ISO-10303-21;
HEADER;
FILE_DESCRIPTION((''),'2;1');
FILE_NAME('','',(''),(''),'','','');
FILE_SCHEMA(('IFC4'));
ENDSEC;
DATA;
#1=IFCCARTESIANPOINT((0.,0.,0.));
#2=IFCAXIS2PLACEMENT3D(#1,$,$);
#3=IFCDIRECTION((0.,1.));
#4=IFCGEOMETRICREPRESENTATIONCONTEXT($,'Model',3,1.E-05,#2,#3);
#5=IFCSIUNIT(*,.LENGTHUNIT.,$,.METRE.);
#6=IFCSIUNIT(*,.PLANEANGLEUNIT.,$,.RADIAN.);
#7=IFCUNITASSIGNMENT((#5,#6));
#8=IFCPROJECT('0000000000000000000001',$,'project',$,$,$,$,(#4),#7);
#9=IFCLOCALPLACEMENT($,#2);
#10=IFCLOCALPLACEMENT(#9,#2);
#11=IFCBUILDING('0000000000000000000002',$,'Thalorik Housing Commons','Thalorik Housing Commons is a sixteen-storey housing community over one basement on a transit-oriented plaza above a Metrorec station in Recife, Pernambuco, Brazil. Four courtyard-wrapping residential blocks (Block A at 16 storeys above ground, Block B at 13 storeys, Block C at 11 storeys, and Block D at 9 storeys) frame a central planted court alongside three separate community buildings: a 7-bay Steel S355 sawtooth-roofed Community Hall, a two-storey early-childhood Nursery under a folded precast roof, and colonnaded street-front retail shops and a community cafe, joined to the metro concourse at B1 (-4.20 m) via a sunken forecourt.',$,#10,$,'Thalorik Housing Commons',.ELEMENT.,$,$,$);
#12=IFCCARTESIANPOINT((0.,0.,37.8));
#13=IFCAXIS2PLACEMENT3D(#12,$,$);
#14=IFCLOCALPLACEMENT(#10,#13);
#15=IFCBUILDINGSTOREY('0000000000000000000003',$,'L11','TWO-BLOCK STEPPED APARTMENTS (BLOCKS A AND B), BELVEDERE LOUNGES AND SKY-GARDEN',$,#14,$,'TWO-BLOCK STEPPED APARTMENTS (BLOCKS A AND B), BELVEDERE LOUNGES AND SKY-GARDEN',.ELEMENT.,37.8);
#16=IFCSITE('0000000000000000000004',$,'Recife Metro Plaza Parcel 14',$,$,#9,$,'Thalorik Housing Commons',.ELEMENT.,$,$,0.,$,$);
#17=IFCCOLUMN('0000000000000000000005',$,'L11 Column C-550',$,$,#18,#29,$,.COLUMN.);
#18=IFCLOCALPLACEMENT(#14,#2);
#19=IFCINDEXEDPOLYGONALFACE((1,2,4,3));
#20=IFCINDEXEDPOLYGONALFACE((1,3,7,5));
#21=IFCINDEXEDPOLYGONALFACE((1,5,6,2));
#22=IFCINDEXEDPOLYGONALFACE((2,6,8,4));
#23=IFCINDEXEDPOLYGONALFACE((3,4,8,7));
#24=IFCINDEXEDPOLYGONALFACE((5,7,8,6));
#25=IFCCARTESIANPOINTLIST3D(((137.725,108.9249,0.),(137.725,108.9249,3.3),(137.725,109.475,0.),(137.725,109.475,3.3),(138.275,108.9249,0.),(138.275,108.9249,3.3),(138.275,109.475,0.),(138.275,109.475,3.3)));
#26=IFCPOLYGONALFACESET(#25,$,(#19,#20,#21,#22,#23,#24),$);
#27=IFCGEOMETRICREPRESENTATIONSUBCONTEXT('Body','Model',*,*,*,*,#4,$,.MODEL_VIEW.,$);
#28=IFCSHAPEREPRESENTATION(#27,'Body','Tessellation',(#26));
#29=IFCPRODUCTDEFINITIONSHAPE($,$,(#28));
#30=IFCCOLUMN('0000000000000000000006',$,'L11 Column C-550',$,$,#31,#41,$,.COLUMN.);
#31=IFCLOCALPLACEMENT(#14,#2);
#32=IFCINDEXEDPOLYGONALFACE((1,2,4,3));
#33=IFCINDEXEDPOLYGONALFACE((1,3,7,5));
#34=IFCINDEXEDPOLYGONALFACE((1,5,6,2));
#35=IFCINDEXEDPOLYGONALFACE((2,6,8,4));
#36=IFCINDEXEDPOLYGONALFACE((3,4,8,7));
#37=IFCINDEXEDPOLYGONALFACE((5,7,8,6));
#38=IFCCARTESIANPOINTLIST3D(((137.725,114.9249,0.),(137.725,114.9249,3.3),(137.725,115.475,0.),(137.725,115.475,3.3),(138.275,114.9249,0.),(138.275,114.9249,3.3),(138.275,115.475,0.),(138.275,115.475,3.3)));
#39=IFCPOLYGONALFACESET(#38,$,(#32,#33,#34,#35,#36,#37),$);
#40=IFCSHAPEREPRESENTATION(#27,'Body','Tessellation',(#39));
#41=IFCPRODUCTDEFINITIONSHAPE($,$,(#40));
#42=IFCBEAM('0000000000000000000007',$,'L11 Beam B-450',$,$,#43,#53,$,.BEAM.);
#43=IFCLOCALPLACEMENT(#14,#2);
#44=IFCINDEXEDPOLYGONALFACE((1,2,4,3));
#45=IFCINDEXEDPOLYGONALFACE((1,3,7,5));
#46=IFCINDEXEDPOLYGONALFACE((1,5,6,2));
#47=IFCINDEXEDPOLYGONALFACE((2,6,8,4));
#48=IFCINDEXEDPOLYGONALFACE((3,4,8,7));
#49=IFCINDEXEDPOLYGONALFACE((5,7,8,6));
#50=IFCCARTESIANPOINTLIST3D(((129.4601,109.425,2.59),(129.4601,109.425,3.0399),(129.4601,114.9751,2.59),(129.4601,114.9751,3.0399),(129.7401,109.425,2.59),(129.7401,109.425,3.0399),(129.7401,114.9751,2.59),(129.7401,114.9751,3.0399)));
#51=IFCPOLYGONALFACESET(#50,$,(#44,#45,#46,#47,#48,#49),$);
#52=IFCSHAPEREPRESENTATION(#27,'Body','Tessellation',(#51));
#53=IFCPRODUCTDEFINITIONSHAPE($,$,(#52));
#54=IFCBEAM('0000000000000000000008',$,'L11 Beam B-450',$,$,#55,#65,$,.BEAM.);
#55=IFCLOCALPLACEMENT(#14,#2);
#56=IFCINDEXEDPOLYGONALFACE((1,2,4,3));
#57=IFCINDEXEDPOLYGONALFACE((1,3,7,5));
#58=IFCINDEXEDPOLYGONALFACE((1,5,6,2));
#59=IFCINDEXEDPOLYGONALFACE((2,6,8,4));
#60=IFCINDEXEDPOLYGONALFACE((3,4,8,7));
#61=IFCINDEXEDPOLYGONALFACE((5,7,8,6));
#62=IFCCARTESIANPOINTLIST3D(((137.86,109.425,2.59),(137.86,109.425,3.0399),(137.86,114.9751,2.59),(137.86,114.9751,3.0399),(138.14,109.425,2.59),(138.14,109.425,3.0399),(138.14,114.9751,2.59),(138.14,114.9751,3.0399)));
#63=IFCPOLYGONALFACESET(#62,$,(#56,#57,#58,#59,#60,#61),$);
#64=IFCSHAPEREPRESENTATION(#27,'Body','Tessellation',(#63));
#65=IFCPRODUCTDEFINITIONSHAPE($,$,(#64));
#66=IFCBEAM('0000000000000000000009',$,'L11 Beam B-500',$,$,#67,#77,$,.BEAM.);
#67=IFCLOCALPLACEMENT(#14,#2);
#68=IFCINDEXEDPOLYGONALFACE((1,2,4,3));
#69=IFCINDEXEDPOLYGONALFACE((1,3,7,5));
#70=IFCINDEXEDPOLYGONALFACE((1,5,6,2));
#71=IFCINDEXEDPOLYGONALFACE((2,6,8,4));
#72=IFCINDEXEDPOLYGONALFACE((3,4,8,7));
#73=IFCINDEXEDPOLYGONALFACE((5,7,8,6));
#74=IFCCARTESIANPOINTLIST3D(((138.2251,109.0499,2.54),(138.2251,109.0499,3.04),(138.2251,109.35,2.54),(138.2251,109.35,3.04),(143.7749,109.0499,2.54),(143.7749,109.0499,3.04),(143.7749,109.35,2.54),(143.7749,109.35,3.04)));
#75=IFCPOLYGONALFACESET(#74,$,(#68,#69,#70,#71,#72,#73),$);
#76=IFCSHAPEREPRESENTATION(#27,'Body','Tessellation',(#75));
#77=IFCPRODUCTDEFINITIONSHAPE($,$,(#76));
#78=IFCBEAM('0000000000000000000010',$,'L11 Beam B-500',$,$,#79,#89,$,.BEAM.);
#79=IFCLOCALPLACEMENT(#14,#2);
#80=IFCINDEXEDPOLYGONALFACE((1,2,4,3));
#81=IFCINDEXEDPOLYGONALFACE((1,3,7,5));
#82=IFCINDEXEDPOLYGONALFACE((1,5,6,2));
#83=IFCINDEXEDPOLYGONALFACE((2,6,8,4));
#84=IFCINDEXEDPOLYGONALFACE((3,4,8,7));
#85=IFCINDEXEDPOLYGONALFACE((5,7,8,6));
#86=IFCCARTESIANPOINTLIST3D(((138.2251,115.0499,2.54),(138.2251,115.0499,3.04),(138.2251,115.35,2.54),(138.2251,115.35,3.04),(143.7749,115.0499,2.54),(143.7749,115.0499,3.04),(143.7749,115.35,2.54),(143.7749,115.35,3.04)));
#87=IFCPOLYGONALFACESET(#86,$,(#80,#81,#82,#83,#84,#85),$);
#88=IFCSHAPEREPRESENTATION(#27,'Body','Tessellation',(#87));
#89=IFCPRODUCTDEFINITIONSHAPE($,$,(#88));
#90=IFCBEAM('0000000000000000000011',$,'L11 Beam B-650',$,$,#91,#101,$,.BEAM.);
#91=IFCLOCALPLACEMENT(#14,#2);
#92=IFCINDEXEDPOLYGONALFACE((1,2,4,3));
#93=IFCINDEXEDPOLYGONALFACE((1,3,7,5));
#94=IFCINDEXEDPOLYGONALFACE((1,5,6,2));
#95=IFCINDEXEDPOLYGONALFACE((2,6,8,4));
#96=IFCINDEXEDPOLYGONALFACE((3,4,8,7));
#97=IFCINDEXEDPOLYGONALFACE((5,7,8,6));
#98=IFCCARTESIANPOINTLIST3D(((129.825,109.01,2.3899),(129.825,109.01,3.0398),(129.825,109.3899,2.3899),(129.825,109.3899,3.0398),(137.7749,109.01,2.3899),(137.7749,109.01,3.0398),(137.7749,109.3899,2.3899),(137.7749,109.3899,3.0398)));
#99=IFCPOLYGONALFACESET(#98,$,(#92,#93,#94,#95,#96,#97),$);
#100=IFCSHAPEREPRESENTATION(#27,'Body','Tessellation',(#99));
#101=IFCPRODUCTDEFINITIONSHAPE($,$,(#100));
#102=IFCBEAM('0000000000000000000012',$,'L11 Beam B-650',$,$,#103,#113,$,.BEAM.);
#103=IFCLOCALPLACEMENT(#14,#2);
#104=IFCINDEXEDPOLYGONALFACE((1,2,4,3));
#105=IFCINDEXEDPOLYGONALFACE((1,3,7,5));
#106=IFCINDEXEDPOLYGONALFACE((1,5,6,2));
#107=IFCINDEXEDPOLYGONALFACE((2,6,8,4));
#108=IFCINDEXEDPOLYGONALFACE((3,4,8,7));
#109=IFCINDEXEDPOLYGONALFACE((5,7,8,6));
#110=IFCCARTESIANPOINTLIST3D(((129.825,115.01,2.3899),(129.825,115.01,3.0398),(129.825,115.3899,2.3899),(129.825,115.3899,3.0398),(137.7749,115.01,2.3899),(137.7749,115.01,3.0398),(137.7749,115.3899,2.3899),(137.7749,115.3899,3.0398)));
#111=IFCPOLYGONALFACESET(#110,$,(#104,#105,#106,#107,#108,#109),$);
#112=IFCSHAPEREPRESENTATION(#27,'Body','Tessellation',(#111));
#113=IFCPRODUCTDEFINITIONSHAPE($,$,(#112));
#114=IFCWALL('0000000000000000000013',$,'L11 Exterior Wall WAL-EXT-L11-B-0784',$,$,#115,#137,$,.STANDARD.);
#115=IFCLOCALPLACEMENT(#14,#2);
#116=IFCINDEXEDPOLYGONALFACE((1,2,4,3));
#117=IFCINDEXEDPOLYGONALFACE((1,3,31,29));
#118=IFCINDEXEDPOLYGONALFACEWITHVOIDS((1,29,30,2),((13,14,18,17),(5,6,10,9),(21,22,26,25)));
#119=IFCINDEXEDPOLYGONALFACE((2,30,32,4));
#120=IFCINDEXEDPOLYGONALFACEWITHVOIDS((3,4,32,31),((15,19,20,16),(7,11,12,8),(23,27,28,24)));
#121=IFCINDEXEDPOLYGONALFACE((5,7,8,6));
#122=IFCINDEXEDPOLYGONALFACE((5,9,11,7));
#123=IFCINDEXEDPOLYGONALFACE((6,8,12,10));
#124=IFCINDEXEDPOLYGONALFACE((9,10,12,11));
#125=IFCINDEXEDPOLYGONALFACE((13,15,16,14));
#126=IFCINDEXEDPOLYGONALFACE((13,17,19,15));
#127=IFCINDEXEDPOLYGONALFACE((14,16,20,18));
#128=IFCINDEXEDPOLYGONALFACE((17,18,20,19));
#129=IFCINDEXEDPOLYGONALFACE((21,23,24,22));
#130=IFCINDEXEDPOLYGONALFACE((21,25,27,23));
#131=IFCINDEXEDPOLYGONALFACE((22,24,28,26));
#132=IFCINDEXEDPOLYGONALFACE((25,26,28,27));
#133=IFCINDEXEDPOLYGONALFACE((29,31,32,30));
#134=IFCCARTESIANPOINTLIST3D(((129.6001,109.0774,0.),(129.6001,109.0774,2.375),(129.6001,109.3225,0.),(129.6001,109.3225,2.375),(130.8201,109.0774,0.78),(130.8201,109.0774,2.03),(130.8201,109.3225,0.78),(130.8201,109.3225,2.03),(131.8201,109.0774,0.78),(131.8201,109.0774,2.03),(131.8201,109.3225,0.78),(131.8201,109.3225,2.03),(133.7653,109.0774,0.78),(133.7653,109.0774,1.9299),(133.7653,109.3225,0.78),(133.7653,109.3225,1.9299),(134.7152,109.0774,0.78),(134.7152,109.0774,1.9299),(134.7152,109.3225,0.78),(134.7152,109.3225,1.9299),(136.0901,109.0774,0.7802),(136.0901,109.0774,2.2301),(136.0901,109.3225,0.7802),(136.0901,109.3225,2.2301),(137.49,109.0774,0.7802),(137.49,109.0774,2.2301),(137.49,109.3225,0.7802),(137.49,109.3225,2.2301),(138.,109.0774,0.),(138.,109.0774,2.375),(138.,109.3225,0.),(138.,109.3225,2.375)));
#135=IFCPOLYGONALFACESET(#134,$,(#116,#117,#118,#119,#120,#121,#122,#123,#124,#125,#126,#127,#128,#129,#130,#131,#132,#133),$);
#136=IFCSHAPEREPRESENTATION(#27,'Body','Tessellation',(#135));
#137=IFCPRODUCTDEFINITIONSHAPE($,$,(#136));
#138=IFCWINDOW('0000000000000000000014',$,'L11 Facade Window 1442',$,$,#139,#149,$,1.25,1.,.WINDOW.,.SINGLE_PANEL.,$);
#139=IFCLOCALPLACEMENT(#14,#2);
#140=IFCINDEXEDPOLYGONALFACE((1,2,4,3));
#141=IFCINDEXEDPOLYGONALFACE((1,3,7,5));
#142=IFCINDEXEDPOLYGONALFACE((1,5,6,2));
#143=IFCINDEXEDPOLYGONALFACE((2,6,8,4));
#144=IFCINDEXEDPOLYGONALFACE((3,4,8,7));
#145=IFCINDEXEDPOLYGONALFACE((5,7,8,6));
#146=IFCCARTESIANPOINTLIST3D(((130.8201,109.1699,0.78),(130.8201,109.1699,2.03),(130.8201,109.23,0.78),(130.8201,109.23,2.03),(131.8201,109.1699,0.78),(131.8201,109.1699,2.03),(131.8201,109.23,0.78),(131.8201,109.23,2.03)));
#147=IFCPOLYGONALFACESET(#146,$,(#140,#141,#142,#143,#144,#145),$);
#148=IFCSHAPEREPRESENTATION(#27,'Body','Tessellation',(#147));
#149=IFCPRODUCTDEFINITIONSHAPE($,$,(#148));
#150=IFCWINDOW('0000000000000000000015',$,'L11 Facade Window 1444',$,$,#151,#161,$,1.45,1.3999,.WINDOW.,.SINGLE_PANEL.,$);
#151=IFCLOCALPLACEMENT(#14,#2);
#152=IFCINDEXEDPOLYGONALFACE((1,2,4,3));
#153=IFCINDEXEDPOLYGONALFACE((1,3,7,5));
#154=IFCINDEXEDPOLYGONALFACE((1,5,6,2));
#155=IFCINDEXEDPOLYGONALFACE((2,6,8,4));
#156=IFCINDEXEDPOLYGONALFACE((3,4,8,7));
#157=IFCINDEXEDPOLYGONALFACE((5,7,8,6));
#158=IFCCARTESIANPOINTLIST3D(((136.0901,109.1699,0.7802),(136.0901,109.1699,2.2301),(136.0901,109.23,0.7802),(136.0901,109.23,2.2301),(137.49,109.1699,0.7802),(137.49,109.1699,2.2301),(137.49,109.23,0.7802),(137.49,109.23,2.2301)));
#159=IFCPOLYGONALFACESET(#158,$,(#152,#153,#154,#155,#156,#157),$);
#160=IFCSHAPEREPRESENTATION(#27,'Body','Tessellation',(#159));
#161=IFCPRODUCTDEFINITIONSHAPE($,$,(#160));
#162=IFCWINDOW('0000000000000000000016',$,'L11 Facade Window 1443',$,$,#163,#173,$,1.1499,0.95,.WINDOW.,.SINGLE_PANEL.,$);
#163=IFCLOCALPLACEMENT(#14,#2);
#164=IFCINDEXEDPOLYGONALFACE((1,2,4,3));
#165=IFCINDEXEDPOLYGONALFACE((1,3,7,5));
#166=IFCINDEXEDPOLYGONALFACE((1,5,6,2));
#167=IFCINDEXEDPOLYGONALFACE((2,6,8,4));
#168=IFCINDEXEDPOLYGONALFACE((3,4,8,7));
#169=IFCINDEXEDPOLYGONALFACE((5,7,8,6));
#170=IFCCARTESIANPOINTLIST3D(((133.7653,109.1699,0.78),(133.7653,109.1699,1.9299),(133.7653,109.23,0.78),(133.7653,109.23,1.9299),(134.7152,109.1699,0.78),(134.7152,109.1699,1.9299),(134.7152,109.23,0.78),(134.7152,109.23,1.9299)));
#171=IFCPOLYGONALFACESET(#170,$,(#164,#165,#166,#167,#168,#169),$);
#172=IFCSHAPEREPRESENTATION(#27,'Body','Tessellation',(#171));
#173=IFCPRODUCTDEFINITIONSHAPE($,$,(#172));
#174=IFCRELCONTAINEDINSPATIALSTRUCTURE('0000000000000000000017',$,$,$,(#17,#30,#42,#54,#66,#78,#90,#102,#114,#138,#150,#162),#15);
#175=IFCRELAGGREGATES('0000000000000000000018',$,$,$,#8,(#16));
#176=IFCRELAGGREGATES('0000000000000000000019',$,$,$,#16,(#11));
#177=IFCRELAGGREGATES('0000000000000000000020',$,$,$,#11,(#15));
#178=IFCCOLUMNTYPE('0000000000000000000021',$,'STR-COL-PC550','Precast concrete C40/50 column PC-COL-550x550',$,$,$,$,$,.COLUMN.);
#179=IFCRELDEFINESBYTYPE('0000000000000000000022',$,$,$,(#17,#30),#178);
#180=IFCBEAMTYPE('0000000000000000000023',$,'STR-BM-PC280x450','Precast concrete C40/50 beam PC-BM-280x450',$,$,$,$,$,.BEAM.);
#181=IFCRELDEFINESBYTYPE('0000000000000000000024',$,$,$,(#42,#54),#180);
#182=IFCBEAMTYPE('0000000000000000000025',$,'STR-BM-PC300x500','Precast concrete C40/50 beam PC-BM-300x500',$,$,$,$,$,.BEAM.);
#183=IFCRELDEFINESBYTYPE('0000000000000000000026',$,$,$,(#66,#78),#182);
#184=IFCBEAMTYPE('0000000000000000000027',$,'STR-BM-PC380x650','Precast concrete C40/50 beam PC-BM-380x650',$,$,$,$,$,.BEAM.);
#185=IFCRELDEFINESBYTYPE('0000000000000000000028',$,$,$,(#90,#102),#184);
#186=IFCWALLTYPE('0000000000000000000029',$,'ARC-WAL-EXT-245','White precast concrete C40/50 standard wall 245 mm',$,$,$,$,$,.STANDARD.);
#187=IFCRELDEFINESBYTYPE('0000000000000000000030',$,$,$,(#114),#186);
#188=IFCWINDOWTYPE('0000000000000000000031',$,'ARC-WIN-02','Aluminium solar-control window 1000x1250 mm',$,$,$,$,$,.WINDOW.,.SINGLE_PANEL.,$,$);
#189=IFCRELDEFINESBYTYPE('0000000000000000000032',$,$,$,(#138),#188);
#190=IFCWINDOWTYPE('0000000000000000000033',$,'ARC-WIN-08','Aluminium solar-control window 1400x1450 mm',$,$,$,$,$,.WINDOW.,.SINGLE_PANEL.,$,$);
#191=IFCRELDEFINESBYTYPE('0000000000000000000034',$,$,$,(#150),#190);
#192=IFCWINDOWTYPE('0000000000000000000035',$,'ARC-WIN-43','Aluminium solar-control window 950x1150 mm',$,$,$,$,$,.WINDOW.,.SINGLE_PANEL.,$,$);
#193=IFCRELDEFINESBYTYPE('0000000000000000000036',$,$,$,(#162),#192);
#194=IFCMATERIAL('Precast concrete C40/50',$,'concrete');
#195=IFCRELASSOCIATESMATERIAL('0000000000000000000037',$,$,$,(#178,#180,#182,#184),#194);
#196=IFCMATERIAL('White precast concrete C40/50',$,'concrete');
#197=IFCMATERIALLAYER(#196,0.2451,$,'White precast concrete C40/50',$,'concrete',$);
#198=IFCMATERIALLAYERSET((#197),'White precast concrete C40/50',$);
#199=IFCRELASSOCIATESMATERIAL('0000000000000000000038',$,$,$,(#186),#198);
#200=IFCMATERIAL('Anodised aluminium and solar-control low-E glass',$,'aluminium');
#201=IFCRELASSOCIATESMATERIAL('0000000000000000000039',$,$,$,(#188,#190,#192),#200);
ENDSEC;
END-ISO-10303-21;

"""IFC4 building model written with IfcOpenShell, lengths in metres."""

from ifc_helpers import new_model, si_unit, direction, frame, frame_2d, origin, origin_2d, place, context, subcontext, project, spatial, rectangle, extrude, material, layer, layer_set, material_profile, profile_set, type_object, element, fill, save


model = new_model("IFC4")

# Units and contexts
model_context = context("Model", 3, precision=1e-05, world=origin(), true_north=direction((0.0, 1.0)))
body_context = subcontext(model_context, "Body", "Model", "MODEL_VIEW")
ifc_project = project(units=[si_unit("LENGTHUNIT", "METRE"), si_unit("PLANEANGLEUNIT", "RADIAN")], contexts=[model_context])

# Site, building, storey
site_placement = place(None, origin())
site = spatial("IfcSite", under=ifc_project, at=site_placement, Name="Recife Metro Plaza Parcel 14", LongName="Thalorik Housing Commons", CompositionType="ELEMENT", RefElevation=0.0)
building_placement = place(site_placement, origin())
building = spatial("IfcBuilding", under=site, at=building_placement, Name="Thalorik Housing Commons", Description="Thalorik Housing Commons is a sixteen-storey housing community over one basement on a transit-oriented plaza above a Metrorec station in Recife, Pernambuco, Brazil. Four courtyard-wrapping residential blocks (Block A at 16 storeys above ground, Block B at 13 storeys, Block C at 11 storeys, and Block D at 9 storeys) frame a central planted court alongside three separate community buildings: a 7-bay Steel S355 sawtooth-roofed Community Hall, a two-storey early-childhood Nursery under a folded precast roof, and colonnaded street-front retail shops and a community cafe, joined to the metro concourse at B1 (-4.20 m) via a sunken forecourt.", LongName="Thalorik Housing Commons", CompositionType="ELEMENT")
storey_placement = place(building_placement, frame((0.0, 0.0, 37.8)))
storey = spatial("IfcBuildingStorey", under=building, at=storey_placement, Name="L11", Description="TWO-BLOCK STEPPED APARTMENTS (BLOCKS A AND B), BELVEDERE LOUNGES AND SKY-GARDEN", LongName="TWO-BLOCK STEPPED APARTMENTS (BLOCKS A AND B), BELVEDERE LOUNGES AND SKY-GARDEN", CompositionType="ELEMENT", Elevation=37.8)

# Columns
ifc_material_1 = material(Name="Precast concrete C40/50", Category="concrete")
ifc_material_profile_1 = material_profile(ifc_material_1, rectangle(XDim=0.55, YDim=0.55, at=origin_2d()), Name="PC 550x550", Category="concrete")
ifc_profile_set_1 = profile_set([ifc_material_profile_1], Name="Precast concrete C40/50")
column_type = type_object("IfcColumnType", Name="STR-COL-PC550", Description="Precast concrete C40/50 column PC-COL-550x550", PredefinedType="COLUMN", material=ifc_profile_set_1)
for number, where, z_axis, x_axis, name in (
    (1, (138.0, 109.2, 0.0), (0.0, 0.0, 1.0), (1.0, 0.0, 0.0), "L11 Column C-550"),
    (2, (138.0, 115.2, 0.0), (0.0, 0.0, 1.0), (1.0, 0.0, 0.0), "L11 Column C-550"),
):
    element("IfcColumn", number, at=place(storey_placement, frame(where, z_axis=z_axis, x_axis=x_axis)), inside=storey, type_object=column_type, Name=name, PredefinedType="COLUMN", context=body_context, shape_type="SweptSolid", body=[
        extrude(rectangle(XDim=0.55, YDim=0.55, at=origin_2d()), origin(), (0.0, 0.0, 1.0), 3.3),
    ])

# Beams
ifc_material_profile_2 = material_profile(ifc_material_1, rectangle(XDim=0.28, YDim=0.45, at=origin_2d()), Name="PC 280x450", Category="concrete")
ifc_profile_set_2 = profile_set([ifc_material_profile_2], Name="Precast concrete C40/50")
beam_type_1 = type_object("IfcBeamType", Name="STR-BM-PC280x450", Description="Precast concrete C40/50 beam PC-BM-280x450", PredefinedType="BEAM", material=ifc_profile_set_2)
for number, where, z_axis, x_axis, name in (
    (3, (129.6001, 109.425, 2.8149), (0.0, 1.0, 0.0), (-1.0, 0.0, 0.0), "L11 Beam B-450"),
    (4, (138.0, 109.425, 2.8149), (0.0, 1.0, 0.0), (-1.0, 0.0, 0.0), "L11 Beam B-450"),
):
    element("IfcBeam", number, at=place(storey_placement, frame(where, z_axis=z_axis, x_axis=x_axis)), inside=storey, type_object=beam_type_1, Name=name, PredefinedType="BEAM", context=body_context, shape_type="SweptSolid", body=[
        extrude(rectangle(XDim=0.28, YDim=0.45, at=origin_2d()), origin(), (0.0, 0.0, 1.0), 5.55),
    ])
ifc_material_profile_3 = material_profile(ifc_material_1, rectangle(XDim=0.3, YDim=0.5, at=origin_2d()), Name="PC 300x500", Category="concrete")
ifc_profile_set_3 = profile_set([ifc_material_profile_3], Name="Precast concrete C40/50")
beam_type_2 = type_object("IfcBeamType", Name="STR-BM-PC300x500", Description="Precast concrete C40/50 beam PC-BM-300x500", PredefinedType="BEAM", material=ifc_profile_set_3)
for number, where, z_axis, x_axis, name in (
    (5, (138.2251, 109.2, 2.79), (1.0, 0.0, 0.0), (0.0, 1.0, 0.0), "L11 Beam B-500"),
    (6, (138.2251, 115.2, 2.79), (1.0, 0.0, 0.0), (0.0, 1.0, 0.0), "L11 Beam B-500"),
):
    element("IfcBeam", number, at=place(storey_placement, frame(where, z_axis=z_axis, x_axis=x_axis)), inside=storey, type_object=beam_type_2, Name=name, PredefinedType="BEAM", context=body_context, shape_type="SweptSolid", body=[
        extrude(rectangle(XDim=0.3, YDim=0.5, at=origin_2d()), origin(), (0.0, 0.0, 1.0), 5.5498),
    ])
ifc_material_profile_4 = material_profile(ifc_material_1, rectangle(XDim=0.3799, YDim=0.6499, at=origin_2d()), Name="PC 380x650", Category="concrete")
ifc_profile_set_4 = profile_set([ifc_material_profile_4], Name="Precast concrete C40/50")
beam_type_3 = type_object("IfcBeamType", Name="STR-BM-PC380x650", Description="Precast concrete C40/50 beam PC-BM-380x650", PredefinedType="BEAM", material=ifc_profile_set_4)
for number, where, z_axis, x_axis, name in (
    (7, (129.825, 109.2, 2.7148), (1.0, 0.0, 0.0), (0.0, 1.0, 0.0), "L11 Beam B-650"),
    (8, (129.825, 115.2, 2.7148), (1.0, 0.0, 0.0), (0.0, 1.0, 0.0), "L11 Beam B-650"),
):
    element("IfcBeam", number, at=place(storey_placement, frame(where, z_axis=z_axis, x_axis=x_axis)), inside=storey, type_object=beam_type_3, Name=name, PredefinedType="BEAM", context=body_context, shape_type="SweptSolid", body=[
        extrude(rectangle(XDim=0.3799, YDim=0.6499, at=origin_2d()), origin(), (0.0, 0.0, 1.0), 7.95),
    ])

# Wall, openings, windows
ifc_material_2 = material(Name="White precast concrete C40/50", Category="concrete")
ifc_layer_1 = layer(ifc_material_2, 0.2451, Name="White precast concrete C40/50", Category="concrete")
ifc_layer_set_1 = layer_set([ifc_layer_1], Name="White precast concrete C40/50")
wall_type_1 = type_object("IfcWallType", Name="ARC-WAL-EXT-245", Description="White precast concrete C40/50 standard wall 245 mm", PredefinedType="STANDARD", material=ifc_layer_set_1)
wall_1_placement = place(storey_placement, frame((129.6001, 109.2, 0.0), z_axis=(0.0, 0.0, 1.0), x_axis=(1.0, 0.0, 0.0)))
wall_1 = element("IfcWall", 9, at=wall_1_placement, inside=storey, type_object=wall_type_1, Name="L11 Exterior Wall WAL-EXT-L11-B-0784", PredefinedType="STANDARD", context=body_context, shape_type="SweptSolid", body=[
    extrude(rectangle(XDim=8.3999, YDim=0.2451, at=frame_2d((4.2, 0.0))), origin(), (0.0, 0.0, 1.0), 2.375),
])
opening_1_placement = place(wall_1_placement, frame((1.22, 0.0, 0.78)))
opening_1 = element("IfcOpeningElement", 10, at=opening_1_placement, cuts=wall_1, PredefinedType="OPENING", context=body_context, shape_type="SweptSolid", body=[
    extrude(rectangle(XDim=1.0, YDim=1.25, at=frame_2d((0.5, 0.625))), frame((0.0, 0.1326, 0.0), z_axis=(0.0, -1.0, 0.0), x_axis=(1.0, 0.0, 0.0)), (0.0, 0.0, 1.0), 0.2651),
])
opening_2_placement = place(wall_1_placement, frame((4.165, 0.0, 0.78)))
opening_2 = element("IfcOpeningElement", 11, at=opening_2_placement, cuts=wall_1, PredefinedType="OPENING", context=body_context, shape_type="SweptSolid", body=[
    extrude(rectangle(XDim=0.95, YDim=1.1499, at=frame_2d((0.4751, 0.575))), frame((0.0, 0.1326, 0.0), z_axis=(0.0, -1.0, 0.0), x_axis=(1.0, 0.0, 0.0)), (0.0, 0.0, 1.0), 0.2651),
])
opening_3_placement = place(wall_1_placement, frame((6.49, 0.0, 0.78)))
opening_3 = element("IfcOpeningElement", 12, at=opening_3_placement, cuts=wall_1, PredefinedType="OPENING", context=body_context, shape_type="SweptSolid", body=[
    extrude(rectangle(XDim=1.3999, YDim=1.45, at=frame_2d((0.7, 0.7251))), frame((0.0, 0.1326, 0.0), z_axis=(0.0, -1.0, 0.0), x_axis=(1.0, 0.0, 0.0)), (0.0, 0.0, 1.0), 0.2651),
])
ifc_material_3 = material(Name="Anodised aluminium and solar-control low-E glass", Category="aluminium")
window_type_1 = type_object("IfcWindowType", Name="ARC-WIN-02", Description="Aluminium solar-control window 1000x1250 mm", PartitioningType="SINGLE_PANEL", PredefinedType="WINDOW", material=ifc_material_3)
window_1_placement = place(opening_1_placement, origin())
window_1 = element("IfcWindow", 13, at=window_1_placement, inside=storey, type_object=window_type_1, Name="L11 Facade Window 1442", OverallHeight=1.25, OverallWidth=1.0, PartitioningType="SINGLE_PANEL", PredefinedType="WINDOW", context=body_context, shape_type="SweptSolid", body=[
    extrude(rectangle(XDim=1.0, YDim=1.25, at=frame_2d((0.5, 0.625))), frame((0.0, 0.03, 0.0), z_axis=(0.0, -1.0, 0.0), x_axis=(1.0, 0.0, 0.0)), (0.0, 0.0, 1.0), 0.0601),
])
fill(opening_1, window_1)
window_type_2 = type_object("IfcWindowType", Name="ARC-WIN-08", Description="Aluminium solar-control window 1400x1450 mm", PartitioningType="SINGLE_PANEL", PredefinedType="WINDOW", material=ifc_material_3)
window_2_placement = place(opening_3_placement, origin())
window_2 = element("IfcWindow", 14, at=window_2_placement, inside=storey, type_object=window_type_2, Name="L11 Facade Window 1444", OverallHeight=1.45, OverallWidth=1.3999, PartitioningType="SINGLE_PANEL", PredefinedType="WINDOW", context=body_context, shape_type="SweptSolid", body=[
    extrude(rectangle(XDim=1.3999, YDim=1.45, at=frame_2d((0.7, 0.7251))), frame((0.0, 0.03, 0.0), z_axis=(0.0, -1.0, 0.0), x_axis=(1.0, 0.0, 0.0)), (0.0, 0.0, 1.0), 0.0601),
])
fill(opening_3, window_2)
window_type_3 = type_object("IfcWindowType", Name="ARC-WIN-43", Description="Aluminium solar-control window 950x1150 mm", PartitioningType="SINGLE_PANEL", PredefinedType="WINDOW", material=ifc_material_3)
window_3_placement = place(opening_2_placement, origin())
window_3 = element("IfcWindow", 15, at=window_3_placement, inside=storey, type_object=window_type_3, Name="L11 Facade Window 1443", OverallHeight=1.1499, OverallWidth=0.95, PartitioningType="SINGLE_PANEL", PredefinedType="WINDOW", context=body_context, shape_type="SweptSolid", body=[
    extrude(rectangle(XDim=0.95, YDim=1.1499, at=frame_2d((0.4751, 0.575))), frame((0.0, 0.03, 0.0), z_axis=(0.0, -1.0, 0.0), x_axis=(1.0, 0.0, 0.0)), (0.0, 0.0, 1.0), 0.0601),
])
fill(opening_2, window_3)

save(model, "model.ifc")
